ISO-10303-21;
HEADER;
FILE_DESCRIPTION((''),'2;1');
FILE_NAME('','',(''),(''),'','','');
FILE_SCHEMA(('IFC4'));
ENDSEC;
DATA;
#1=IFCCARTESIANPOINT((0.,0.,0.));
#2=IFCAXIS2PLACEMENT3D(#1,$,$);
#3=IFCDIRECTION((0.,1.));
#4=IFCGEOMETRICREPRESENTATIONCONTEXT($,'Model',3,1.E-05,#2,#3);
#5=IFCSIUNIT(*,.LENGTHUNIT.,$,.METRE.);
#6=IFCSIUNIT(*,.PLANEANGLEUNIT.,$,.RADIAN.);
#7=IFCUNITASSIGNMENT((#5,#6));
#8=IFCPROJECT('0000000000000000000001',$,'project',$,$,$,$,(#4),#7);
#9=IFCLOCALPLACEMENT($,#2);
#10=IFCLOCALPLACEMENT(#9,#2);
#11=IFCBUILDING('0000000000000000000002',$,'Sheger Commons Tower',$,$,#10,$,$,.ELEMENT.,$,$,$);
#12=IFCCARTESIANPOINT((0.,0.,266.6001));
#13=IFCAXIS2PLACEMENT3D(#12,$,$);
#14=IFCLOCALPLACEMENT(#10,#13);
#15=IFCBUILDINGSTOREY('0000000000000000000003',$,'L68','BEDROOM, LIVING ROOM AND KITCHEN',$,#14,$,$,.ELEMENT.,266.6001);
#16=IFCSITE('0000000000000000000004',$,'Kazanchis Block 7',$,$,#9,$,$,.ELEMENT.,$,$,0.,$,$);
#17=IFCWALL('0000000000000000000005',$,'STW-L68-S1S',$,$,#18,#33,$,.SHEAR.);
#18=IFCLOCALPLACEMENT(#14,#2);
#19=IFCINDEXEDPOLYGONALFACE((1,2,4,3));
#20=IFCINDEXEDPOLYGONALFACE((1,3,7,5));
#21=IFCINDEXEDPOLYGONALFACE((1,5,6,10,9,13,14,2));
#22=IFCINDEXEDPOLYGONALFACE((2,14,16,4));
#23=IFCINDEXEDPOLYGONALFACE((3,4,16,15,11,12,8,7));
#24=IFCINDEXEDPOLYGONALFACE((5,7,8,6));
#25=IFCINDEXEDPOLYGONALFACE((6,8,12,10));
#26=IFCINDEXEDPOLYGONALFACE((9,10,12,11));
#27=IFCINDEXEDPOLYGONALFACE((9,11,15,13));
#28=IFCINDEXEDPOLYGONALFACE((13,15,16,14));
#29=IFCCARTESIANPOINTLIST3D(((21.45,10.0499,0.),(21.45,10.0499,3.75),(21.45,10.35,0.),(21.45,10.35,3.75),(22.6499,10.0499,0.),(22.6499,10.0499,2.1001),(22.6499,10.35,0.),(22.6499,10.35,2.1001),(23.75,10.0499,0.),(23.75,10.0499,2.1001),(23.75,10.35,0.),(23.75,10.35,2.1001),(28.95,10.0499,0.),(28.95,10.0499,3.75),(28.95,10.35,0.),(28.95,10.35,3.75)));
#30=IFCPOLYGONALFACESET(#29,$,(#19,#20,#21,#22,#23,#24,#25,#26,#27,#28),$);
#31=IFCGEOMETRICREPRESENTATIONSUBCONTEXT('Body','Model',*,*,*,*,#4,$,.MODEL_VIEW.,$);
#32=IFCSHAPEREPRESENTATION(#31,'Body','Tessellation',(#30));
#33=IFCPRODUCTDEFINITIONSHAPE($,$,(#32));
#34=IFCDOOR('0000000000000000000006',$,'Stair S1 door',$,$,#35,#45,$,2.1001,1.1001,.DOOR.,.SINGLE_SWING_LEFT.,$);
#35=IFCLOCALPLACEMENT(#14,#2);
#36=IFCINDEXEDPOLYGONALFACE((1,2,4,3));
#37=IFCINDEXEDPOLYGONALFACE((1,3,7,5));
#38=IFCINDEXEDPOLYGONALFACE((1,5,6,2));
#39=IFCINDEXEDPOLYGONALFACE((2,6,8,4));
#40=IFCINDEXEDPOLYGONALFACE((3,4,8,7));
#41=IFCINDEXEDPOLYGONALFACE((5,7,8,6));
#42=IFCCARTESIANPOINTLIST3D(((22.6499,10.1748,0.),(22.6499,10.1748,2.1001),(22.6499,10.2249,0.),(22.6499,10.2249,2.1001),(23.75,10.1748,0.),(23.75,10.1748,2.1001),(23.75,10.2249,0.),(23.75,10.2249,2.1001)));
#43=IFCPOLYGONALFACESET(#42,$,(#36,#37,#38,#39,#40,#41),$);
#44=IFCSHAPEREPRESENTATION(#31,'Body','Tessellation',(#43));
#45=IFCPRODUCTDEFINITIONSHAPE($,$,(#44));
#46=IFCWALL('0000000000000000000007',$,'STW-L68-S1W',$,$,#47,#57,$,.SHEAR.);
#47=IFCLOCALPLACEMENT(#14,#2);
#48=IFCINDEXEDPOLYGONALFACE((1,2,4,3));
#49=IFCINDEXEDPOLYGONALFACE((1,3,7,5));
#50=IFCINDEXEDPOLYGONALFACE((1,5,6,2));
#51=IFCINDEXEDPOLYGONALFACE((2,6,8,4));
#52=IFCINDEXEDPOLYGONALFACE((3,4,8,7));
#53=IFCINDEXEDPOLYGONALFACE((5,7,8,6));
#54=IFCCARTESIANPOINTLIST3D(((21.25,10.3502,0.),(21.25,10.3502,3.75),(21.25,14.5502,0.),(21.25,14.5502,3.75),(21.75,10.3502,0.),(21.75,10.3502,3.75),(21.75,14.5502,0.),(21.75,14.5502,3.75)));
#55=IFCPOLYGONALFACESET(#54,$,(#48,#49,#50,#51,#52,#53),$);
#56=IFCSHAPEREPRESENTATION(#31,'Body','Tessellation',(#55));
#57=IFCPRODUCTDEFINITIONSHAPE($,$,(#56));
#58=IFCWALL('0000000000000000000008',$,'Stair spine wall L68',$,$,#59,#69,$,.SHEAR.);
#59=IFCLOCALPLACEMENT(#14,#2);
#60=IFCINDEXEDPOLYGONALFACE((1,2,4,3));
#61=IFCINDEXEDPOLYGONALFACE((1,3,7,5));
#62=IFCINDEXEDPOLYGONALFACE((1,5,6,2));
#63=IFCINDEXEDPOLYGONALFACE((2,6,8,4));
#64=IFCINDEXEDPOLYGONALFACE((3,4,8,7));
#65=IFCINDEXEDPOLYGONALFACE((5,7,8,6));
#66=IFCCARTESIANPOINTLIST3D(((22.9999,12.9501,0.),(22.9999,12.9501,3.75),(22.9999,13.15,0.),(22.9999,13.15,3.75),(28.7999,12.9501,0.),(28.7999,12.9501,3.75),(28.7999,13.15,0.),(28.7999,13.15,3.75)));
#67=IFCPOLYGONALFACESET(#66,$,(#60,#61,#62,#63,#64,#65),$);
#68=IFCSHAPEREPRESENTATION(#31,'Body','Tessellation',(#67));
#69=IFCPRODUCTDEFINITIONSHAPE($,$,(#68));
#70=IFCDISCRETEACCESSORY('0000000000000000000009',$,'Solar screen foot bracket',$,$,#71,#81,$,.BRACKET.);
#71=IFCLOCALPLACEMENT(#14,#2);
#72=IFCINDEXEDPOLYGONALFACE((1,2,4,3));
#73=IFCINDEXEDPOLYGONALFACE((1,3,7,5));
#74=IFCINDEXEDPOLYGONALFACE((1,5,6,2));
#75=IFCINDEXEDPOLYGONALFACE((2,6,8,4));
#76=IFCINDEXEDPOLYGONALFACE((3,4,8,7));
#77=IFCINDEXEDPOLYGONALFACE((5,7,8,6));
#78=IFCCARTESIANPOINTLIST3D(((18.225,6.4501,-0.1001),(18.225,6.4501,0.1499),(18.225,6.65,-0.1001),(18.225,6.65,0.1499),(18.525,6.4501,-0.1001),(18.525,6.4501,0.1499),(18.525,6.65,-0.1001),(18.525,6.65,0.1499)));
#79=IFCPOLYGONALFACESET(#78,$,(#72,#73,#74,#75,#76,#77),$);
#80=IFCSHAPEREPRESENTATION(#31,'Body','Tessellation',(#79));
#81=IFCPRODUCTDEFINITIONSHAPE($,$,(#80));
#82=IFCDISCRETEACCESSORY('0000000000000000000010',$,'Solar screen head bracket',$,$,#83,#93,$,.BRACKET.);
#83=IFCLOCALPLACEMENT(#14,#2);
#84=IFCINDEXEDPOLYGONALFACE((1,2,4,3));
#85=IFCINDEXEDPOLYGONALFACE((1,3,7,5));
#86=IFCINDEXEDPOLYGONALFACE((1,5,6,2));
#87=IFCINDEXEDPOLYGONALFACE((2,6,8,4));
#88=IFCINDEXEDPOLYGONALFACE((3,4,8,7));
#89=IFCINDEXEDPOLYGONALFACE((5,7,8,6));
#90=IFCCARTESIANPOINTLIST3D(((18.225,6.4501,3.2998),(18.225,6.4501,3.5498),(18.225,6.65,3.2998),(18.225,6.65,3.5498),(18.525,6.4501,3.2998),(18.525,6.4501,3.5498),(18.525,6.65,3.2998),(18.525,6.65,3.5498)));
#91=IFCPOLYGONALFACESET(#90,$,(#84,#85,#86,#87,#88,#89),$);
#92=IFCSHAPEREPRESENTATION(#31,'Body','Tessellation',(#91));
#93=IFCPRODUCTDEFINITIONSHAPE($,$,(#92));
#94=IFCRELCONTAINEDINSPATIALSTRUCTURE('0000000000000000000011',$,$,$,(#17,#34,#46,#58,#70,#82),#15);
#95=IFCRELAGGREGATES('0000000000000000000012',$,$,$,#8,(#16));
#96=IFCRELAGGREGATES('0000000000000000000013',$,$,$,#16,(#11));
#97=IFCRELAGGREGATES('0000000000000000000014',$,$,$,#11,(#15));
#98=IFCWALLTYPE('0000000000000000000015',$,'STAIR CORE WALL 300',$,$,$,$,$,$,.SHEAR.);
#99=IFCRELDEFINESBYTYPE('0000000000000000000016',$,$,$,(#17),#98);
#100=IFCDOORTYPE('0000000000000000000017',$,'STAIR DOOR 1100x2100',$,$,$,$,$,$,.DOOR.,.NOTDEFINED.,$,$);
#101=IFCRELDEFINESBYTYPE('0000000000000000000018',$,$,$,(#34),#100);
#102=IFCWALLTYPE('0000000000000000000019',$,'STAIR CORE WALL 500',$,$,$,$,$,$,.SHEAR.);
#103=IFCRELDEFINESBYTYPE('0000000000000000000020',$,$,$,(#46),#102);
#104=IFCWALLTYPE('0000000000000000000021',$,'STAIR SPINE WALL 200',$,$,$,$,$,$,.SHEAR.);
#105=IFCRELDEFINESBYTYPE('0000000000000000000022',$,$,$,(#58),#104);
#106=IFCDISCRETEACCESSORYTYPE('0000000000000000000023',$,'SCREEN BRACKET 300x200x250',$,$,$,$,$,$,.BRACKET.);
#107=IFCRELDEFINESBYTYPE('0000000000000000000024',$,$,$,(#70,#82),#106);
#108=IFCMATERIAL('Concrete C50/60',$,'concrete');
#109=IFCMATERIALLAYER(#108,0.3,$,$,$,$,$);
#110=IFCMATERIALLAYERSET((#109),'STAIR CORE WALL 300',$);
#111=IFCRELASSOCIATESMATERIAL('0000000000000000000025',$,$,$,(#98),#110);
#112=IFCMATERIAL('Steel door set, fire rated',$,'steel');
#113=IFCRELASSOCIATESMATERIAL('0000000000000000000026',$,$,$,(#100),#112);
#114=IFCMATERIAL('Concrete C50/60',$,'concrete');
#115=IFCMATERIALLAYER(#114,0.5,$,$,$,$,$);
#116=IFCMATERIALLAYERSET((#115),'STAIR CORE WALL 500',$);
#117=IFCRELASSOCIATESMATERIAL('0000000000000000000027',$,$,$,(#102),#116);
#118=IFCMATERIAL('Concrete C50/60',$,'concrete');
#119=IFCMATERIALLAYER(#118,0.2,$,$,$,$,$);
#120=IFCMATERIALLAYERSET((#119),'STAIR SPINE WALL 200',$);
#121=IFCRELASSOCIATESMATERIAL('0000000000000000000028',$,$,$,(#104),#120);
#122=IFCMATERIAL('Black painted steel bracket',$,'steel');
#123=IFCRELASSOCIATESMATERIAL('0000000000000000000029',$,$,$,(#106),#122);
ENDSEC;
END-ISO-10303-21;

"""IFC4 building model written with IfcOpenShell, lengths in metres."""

from ifc_helpers import new_model, si_unit, direction, frame, frame_2d, origin, origin_2d, place, context, subcontext, project, spatial, rectangle, extrude, material, layer, layer_set, type_object, element, fill, save


model = new_model("IFC4")

# Units and contexts
model_context = context("Model", 3, precision=1e-05, world=origin(), true_north=direction((0.0, 1.0)))
body_context = subcontext(model_context, "Body", "Model", "MODEL_VIEW")
ifc_project = project(units=[si_unit("LENGTHUNIT", "METRE"), si_unit("PLANEANGLEUNIT", "RADIAN")], contexts=[model_context])

# Site, building, storey
site_placement = place(None, origin())
site = spatial("IfcSite", under=ifc_project, at=site_placement, Name="Kazanchis Block 7", CompositionType="ELEMENT", RefElevation=0.0)
building_placement = place(site_placement, origin())
building = spatial("IfcBuilding", under=site, at=building_placement, Name="Sheger Commons Tower", CompositionType="ELEMENT")
storey_placement = place(building_placement, frame((0.0, 0.0, 266.6001)))
storey = spatial("IfcBuildingStorey", under=building, at=storey_placement, Name="L68", Description="BEDROOM, LIVING ROOM AND KITCHEN", CompositionType="ELEMENT", Elevation=266.6001)

# Wall, opening, door
ifc_material_1 = material(Name="Concrete C50/60", Category="concrete")
ifc_layer_1 = layer(ifc_material_1, 0.3)
ifc_layer_set_1 = layer_set([ifc_layer_1], Name="STAIR CORE WALL 300")
wall_type_1 = type_object("IfcWallType", Name="STAIR CORE WALL 300", PredefinedType="SHEAR", material=ifc_layer_set_1)
wall_1_placement = place(storey_placement, frame((21.45, 10.2, 0.0), z_axis=(0.0, 0.0, 1.0), x_axis=(1.0, 0.0, 0.0)))
wall_1 = element("IfcWall", 1, at=wall_1_placement, inside=storey, type_object=wall_type_1, Name="STW-L68-S1S", PredefinedType="SHEAR", context=body_context, shape_type="SweptSolid", body=[
    extrude(rectangle(XDim=7.5, YDim=0.3, at=frame_2d((3.75, 0.0))), origin(), (0.0, 0.0, 1.0), 3.75),
])
opening_placement = place(wall_1_placement, frame((1.2, 0.0, 0.0)))
opening = element("IfcOpeningElement", 2, at=opening_placement, cuts=wall_1, PredefinedType="OPENING", context=body_context, shape_type="SweptSolid", body=[
    extrude(rectangle(XDim=1.1001, YDim=2.1001, at=frame_2d((0.55, 1.05))), frame((0.0, 0.1599, 0.0), z_axis=(0.0, -1.0, 0.0), x_axis=(1.0, 0.0, 0.0)), (0.0, 0.0, 1.0), 0.3201),
])
ifc_material_2 = material(Name="Steel door set, fire rated", Category="steel")
door_type = type_object("IfcDoorType", Name="STAIR DOOR 1100x2100", OperationType="NOTDEFINED", PredefinedType="DOOR", material=ifc_material_2)
door_placement = place(opening_placement, origin())
door = element("IfcDoor", 3, at=door_placement, inside=storey, type_object=door_type, Name="Stair S1 door", OperationType="SINGLE_SWING_LEFT", OverallHeight=2.1001, OverallWidth=1.1001, PredefinedType="DOOR", context=body_context, shape_type="SweptSolid", body=[
    extrude(rectangle(XDim=1.1001, YDim=2.1001, at=frame_2d((0.55, 1.05))), frame((0.0, 0.0249, 0.0), z_axis=(0.0, -1.0, 0.0), x_axis=(1.0, 0.0, 0.0)), (0.0, 0.0, 1.0), 0.05),
])
fill(opening, door)

# Walls
ifc_material_3 = material(Name="Concrete C50/60", Category="concrete")
ifc_layer_2 = layer(ifc_material_3, 0.5)
ifc_layer_set_2 = layer_set([ifc_layer_2], Name="STAIR CORE WALL 500")
wall_type_2 = type_object("IfcWallType", Name="STAIR CORE WALL 500", PredefinedType="SHEAR", material=ifc_layer_set_2)
wall_2_placement = place(storey_placement, frame((21.5, 10.3501, 0.0), z_axis=(0.0, 0.0, 1.0), x_axis=(0.0, 1.0, 0.0)))
element("IfcWall", 4, at=wall_2_placement, inside=storey, type_object=wall_type_2, Name="STW-L68-S1W", PredefinedType="SHEAR", context=body_context, shape_type="SweptSolid", body=[
    extrude(rectangle(XDim=4.2, YDim=0.5, at=frame_2d((2.1001, 0.0))), origin(), (0.0, 0.0, 1.0), 3.75),
])
ifc_material_4 = material(Name="Concrete C50/60", Category="concrete")
ifc_layer_3 = layer(ifc_material_4, 0.2)
ifc_layer_set_3 = layer_set([ifc_layer_3], Name="STAIR SPINE WALL 200")
wall_type_3 = type_object("IfcWallType", Name="STAIR SPINE WALL 200", PredefinedType="SHEAR", material=ifc_layer_set_3)
wall_3_placement = place(storey_placement, frame((23.0, 13.05, 0.0), z_axis=(0.0, 0.0, 1.0), x_axis=(1.0, 0.0, 0.0)))
element("IfcWall", 5, at=wall_3_placement, inside=storey, type_object=wall_type_3, Name="Stair spine wall L68", PredefinedType="SHEAR", context=body_context, shape_type="SweptSolid", body=[
    extrude(rectangle(XDim=5.8, YDim=0.2, at=frame_2d((2.8999, 0.0))), origin(), (0.0, 0.0, 1.0), 3.75),
])

# Discrete accessories
ifc_material_5 = material(Name="Black painted steel bracket", Category="steel")
discrete_accessory_type = type_object("IfcDiscreteAccessoryType", Name="SCREEN BRACKET 300x200x250", PredefinedType="BRACKET", material=ifc_material_5)
for number, where, z_axis, x_axis, name in (
    (6, (18.375, 6.55, -0.1001), (0.0, 0.0, 1.0), (1.0, 0.0, 0.0), "Solar screen foot bracket"),
    (7, (18.375, 6.55, 3.2998), (0.0, 0.0, 1.0), (1.0, 0.0, 0.0), "Solar screen head bracket"),
):
    element("IfcDiscreteAccessory", number, at=place(storey_placement, frame(where, z_axis=z_axis, x_axis=x_axis)), inside=storey, type_object=discrete_accessory_type, Name=name, PredefinedType="BRACKET", context=body_context, shape_type="SweptSolid", body=[
        extrude(rectangle(XDim=0.3, YDim=0.2, at=origin_2d()), origin(), (0.0, 0.0, 1.0), 0.25),
    ])

save(model, "model.ifc")
